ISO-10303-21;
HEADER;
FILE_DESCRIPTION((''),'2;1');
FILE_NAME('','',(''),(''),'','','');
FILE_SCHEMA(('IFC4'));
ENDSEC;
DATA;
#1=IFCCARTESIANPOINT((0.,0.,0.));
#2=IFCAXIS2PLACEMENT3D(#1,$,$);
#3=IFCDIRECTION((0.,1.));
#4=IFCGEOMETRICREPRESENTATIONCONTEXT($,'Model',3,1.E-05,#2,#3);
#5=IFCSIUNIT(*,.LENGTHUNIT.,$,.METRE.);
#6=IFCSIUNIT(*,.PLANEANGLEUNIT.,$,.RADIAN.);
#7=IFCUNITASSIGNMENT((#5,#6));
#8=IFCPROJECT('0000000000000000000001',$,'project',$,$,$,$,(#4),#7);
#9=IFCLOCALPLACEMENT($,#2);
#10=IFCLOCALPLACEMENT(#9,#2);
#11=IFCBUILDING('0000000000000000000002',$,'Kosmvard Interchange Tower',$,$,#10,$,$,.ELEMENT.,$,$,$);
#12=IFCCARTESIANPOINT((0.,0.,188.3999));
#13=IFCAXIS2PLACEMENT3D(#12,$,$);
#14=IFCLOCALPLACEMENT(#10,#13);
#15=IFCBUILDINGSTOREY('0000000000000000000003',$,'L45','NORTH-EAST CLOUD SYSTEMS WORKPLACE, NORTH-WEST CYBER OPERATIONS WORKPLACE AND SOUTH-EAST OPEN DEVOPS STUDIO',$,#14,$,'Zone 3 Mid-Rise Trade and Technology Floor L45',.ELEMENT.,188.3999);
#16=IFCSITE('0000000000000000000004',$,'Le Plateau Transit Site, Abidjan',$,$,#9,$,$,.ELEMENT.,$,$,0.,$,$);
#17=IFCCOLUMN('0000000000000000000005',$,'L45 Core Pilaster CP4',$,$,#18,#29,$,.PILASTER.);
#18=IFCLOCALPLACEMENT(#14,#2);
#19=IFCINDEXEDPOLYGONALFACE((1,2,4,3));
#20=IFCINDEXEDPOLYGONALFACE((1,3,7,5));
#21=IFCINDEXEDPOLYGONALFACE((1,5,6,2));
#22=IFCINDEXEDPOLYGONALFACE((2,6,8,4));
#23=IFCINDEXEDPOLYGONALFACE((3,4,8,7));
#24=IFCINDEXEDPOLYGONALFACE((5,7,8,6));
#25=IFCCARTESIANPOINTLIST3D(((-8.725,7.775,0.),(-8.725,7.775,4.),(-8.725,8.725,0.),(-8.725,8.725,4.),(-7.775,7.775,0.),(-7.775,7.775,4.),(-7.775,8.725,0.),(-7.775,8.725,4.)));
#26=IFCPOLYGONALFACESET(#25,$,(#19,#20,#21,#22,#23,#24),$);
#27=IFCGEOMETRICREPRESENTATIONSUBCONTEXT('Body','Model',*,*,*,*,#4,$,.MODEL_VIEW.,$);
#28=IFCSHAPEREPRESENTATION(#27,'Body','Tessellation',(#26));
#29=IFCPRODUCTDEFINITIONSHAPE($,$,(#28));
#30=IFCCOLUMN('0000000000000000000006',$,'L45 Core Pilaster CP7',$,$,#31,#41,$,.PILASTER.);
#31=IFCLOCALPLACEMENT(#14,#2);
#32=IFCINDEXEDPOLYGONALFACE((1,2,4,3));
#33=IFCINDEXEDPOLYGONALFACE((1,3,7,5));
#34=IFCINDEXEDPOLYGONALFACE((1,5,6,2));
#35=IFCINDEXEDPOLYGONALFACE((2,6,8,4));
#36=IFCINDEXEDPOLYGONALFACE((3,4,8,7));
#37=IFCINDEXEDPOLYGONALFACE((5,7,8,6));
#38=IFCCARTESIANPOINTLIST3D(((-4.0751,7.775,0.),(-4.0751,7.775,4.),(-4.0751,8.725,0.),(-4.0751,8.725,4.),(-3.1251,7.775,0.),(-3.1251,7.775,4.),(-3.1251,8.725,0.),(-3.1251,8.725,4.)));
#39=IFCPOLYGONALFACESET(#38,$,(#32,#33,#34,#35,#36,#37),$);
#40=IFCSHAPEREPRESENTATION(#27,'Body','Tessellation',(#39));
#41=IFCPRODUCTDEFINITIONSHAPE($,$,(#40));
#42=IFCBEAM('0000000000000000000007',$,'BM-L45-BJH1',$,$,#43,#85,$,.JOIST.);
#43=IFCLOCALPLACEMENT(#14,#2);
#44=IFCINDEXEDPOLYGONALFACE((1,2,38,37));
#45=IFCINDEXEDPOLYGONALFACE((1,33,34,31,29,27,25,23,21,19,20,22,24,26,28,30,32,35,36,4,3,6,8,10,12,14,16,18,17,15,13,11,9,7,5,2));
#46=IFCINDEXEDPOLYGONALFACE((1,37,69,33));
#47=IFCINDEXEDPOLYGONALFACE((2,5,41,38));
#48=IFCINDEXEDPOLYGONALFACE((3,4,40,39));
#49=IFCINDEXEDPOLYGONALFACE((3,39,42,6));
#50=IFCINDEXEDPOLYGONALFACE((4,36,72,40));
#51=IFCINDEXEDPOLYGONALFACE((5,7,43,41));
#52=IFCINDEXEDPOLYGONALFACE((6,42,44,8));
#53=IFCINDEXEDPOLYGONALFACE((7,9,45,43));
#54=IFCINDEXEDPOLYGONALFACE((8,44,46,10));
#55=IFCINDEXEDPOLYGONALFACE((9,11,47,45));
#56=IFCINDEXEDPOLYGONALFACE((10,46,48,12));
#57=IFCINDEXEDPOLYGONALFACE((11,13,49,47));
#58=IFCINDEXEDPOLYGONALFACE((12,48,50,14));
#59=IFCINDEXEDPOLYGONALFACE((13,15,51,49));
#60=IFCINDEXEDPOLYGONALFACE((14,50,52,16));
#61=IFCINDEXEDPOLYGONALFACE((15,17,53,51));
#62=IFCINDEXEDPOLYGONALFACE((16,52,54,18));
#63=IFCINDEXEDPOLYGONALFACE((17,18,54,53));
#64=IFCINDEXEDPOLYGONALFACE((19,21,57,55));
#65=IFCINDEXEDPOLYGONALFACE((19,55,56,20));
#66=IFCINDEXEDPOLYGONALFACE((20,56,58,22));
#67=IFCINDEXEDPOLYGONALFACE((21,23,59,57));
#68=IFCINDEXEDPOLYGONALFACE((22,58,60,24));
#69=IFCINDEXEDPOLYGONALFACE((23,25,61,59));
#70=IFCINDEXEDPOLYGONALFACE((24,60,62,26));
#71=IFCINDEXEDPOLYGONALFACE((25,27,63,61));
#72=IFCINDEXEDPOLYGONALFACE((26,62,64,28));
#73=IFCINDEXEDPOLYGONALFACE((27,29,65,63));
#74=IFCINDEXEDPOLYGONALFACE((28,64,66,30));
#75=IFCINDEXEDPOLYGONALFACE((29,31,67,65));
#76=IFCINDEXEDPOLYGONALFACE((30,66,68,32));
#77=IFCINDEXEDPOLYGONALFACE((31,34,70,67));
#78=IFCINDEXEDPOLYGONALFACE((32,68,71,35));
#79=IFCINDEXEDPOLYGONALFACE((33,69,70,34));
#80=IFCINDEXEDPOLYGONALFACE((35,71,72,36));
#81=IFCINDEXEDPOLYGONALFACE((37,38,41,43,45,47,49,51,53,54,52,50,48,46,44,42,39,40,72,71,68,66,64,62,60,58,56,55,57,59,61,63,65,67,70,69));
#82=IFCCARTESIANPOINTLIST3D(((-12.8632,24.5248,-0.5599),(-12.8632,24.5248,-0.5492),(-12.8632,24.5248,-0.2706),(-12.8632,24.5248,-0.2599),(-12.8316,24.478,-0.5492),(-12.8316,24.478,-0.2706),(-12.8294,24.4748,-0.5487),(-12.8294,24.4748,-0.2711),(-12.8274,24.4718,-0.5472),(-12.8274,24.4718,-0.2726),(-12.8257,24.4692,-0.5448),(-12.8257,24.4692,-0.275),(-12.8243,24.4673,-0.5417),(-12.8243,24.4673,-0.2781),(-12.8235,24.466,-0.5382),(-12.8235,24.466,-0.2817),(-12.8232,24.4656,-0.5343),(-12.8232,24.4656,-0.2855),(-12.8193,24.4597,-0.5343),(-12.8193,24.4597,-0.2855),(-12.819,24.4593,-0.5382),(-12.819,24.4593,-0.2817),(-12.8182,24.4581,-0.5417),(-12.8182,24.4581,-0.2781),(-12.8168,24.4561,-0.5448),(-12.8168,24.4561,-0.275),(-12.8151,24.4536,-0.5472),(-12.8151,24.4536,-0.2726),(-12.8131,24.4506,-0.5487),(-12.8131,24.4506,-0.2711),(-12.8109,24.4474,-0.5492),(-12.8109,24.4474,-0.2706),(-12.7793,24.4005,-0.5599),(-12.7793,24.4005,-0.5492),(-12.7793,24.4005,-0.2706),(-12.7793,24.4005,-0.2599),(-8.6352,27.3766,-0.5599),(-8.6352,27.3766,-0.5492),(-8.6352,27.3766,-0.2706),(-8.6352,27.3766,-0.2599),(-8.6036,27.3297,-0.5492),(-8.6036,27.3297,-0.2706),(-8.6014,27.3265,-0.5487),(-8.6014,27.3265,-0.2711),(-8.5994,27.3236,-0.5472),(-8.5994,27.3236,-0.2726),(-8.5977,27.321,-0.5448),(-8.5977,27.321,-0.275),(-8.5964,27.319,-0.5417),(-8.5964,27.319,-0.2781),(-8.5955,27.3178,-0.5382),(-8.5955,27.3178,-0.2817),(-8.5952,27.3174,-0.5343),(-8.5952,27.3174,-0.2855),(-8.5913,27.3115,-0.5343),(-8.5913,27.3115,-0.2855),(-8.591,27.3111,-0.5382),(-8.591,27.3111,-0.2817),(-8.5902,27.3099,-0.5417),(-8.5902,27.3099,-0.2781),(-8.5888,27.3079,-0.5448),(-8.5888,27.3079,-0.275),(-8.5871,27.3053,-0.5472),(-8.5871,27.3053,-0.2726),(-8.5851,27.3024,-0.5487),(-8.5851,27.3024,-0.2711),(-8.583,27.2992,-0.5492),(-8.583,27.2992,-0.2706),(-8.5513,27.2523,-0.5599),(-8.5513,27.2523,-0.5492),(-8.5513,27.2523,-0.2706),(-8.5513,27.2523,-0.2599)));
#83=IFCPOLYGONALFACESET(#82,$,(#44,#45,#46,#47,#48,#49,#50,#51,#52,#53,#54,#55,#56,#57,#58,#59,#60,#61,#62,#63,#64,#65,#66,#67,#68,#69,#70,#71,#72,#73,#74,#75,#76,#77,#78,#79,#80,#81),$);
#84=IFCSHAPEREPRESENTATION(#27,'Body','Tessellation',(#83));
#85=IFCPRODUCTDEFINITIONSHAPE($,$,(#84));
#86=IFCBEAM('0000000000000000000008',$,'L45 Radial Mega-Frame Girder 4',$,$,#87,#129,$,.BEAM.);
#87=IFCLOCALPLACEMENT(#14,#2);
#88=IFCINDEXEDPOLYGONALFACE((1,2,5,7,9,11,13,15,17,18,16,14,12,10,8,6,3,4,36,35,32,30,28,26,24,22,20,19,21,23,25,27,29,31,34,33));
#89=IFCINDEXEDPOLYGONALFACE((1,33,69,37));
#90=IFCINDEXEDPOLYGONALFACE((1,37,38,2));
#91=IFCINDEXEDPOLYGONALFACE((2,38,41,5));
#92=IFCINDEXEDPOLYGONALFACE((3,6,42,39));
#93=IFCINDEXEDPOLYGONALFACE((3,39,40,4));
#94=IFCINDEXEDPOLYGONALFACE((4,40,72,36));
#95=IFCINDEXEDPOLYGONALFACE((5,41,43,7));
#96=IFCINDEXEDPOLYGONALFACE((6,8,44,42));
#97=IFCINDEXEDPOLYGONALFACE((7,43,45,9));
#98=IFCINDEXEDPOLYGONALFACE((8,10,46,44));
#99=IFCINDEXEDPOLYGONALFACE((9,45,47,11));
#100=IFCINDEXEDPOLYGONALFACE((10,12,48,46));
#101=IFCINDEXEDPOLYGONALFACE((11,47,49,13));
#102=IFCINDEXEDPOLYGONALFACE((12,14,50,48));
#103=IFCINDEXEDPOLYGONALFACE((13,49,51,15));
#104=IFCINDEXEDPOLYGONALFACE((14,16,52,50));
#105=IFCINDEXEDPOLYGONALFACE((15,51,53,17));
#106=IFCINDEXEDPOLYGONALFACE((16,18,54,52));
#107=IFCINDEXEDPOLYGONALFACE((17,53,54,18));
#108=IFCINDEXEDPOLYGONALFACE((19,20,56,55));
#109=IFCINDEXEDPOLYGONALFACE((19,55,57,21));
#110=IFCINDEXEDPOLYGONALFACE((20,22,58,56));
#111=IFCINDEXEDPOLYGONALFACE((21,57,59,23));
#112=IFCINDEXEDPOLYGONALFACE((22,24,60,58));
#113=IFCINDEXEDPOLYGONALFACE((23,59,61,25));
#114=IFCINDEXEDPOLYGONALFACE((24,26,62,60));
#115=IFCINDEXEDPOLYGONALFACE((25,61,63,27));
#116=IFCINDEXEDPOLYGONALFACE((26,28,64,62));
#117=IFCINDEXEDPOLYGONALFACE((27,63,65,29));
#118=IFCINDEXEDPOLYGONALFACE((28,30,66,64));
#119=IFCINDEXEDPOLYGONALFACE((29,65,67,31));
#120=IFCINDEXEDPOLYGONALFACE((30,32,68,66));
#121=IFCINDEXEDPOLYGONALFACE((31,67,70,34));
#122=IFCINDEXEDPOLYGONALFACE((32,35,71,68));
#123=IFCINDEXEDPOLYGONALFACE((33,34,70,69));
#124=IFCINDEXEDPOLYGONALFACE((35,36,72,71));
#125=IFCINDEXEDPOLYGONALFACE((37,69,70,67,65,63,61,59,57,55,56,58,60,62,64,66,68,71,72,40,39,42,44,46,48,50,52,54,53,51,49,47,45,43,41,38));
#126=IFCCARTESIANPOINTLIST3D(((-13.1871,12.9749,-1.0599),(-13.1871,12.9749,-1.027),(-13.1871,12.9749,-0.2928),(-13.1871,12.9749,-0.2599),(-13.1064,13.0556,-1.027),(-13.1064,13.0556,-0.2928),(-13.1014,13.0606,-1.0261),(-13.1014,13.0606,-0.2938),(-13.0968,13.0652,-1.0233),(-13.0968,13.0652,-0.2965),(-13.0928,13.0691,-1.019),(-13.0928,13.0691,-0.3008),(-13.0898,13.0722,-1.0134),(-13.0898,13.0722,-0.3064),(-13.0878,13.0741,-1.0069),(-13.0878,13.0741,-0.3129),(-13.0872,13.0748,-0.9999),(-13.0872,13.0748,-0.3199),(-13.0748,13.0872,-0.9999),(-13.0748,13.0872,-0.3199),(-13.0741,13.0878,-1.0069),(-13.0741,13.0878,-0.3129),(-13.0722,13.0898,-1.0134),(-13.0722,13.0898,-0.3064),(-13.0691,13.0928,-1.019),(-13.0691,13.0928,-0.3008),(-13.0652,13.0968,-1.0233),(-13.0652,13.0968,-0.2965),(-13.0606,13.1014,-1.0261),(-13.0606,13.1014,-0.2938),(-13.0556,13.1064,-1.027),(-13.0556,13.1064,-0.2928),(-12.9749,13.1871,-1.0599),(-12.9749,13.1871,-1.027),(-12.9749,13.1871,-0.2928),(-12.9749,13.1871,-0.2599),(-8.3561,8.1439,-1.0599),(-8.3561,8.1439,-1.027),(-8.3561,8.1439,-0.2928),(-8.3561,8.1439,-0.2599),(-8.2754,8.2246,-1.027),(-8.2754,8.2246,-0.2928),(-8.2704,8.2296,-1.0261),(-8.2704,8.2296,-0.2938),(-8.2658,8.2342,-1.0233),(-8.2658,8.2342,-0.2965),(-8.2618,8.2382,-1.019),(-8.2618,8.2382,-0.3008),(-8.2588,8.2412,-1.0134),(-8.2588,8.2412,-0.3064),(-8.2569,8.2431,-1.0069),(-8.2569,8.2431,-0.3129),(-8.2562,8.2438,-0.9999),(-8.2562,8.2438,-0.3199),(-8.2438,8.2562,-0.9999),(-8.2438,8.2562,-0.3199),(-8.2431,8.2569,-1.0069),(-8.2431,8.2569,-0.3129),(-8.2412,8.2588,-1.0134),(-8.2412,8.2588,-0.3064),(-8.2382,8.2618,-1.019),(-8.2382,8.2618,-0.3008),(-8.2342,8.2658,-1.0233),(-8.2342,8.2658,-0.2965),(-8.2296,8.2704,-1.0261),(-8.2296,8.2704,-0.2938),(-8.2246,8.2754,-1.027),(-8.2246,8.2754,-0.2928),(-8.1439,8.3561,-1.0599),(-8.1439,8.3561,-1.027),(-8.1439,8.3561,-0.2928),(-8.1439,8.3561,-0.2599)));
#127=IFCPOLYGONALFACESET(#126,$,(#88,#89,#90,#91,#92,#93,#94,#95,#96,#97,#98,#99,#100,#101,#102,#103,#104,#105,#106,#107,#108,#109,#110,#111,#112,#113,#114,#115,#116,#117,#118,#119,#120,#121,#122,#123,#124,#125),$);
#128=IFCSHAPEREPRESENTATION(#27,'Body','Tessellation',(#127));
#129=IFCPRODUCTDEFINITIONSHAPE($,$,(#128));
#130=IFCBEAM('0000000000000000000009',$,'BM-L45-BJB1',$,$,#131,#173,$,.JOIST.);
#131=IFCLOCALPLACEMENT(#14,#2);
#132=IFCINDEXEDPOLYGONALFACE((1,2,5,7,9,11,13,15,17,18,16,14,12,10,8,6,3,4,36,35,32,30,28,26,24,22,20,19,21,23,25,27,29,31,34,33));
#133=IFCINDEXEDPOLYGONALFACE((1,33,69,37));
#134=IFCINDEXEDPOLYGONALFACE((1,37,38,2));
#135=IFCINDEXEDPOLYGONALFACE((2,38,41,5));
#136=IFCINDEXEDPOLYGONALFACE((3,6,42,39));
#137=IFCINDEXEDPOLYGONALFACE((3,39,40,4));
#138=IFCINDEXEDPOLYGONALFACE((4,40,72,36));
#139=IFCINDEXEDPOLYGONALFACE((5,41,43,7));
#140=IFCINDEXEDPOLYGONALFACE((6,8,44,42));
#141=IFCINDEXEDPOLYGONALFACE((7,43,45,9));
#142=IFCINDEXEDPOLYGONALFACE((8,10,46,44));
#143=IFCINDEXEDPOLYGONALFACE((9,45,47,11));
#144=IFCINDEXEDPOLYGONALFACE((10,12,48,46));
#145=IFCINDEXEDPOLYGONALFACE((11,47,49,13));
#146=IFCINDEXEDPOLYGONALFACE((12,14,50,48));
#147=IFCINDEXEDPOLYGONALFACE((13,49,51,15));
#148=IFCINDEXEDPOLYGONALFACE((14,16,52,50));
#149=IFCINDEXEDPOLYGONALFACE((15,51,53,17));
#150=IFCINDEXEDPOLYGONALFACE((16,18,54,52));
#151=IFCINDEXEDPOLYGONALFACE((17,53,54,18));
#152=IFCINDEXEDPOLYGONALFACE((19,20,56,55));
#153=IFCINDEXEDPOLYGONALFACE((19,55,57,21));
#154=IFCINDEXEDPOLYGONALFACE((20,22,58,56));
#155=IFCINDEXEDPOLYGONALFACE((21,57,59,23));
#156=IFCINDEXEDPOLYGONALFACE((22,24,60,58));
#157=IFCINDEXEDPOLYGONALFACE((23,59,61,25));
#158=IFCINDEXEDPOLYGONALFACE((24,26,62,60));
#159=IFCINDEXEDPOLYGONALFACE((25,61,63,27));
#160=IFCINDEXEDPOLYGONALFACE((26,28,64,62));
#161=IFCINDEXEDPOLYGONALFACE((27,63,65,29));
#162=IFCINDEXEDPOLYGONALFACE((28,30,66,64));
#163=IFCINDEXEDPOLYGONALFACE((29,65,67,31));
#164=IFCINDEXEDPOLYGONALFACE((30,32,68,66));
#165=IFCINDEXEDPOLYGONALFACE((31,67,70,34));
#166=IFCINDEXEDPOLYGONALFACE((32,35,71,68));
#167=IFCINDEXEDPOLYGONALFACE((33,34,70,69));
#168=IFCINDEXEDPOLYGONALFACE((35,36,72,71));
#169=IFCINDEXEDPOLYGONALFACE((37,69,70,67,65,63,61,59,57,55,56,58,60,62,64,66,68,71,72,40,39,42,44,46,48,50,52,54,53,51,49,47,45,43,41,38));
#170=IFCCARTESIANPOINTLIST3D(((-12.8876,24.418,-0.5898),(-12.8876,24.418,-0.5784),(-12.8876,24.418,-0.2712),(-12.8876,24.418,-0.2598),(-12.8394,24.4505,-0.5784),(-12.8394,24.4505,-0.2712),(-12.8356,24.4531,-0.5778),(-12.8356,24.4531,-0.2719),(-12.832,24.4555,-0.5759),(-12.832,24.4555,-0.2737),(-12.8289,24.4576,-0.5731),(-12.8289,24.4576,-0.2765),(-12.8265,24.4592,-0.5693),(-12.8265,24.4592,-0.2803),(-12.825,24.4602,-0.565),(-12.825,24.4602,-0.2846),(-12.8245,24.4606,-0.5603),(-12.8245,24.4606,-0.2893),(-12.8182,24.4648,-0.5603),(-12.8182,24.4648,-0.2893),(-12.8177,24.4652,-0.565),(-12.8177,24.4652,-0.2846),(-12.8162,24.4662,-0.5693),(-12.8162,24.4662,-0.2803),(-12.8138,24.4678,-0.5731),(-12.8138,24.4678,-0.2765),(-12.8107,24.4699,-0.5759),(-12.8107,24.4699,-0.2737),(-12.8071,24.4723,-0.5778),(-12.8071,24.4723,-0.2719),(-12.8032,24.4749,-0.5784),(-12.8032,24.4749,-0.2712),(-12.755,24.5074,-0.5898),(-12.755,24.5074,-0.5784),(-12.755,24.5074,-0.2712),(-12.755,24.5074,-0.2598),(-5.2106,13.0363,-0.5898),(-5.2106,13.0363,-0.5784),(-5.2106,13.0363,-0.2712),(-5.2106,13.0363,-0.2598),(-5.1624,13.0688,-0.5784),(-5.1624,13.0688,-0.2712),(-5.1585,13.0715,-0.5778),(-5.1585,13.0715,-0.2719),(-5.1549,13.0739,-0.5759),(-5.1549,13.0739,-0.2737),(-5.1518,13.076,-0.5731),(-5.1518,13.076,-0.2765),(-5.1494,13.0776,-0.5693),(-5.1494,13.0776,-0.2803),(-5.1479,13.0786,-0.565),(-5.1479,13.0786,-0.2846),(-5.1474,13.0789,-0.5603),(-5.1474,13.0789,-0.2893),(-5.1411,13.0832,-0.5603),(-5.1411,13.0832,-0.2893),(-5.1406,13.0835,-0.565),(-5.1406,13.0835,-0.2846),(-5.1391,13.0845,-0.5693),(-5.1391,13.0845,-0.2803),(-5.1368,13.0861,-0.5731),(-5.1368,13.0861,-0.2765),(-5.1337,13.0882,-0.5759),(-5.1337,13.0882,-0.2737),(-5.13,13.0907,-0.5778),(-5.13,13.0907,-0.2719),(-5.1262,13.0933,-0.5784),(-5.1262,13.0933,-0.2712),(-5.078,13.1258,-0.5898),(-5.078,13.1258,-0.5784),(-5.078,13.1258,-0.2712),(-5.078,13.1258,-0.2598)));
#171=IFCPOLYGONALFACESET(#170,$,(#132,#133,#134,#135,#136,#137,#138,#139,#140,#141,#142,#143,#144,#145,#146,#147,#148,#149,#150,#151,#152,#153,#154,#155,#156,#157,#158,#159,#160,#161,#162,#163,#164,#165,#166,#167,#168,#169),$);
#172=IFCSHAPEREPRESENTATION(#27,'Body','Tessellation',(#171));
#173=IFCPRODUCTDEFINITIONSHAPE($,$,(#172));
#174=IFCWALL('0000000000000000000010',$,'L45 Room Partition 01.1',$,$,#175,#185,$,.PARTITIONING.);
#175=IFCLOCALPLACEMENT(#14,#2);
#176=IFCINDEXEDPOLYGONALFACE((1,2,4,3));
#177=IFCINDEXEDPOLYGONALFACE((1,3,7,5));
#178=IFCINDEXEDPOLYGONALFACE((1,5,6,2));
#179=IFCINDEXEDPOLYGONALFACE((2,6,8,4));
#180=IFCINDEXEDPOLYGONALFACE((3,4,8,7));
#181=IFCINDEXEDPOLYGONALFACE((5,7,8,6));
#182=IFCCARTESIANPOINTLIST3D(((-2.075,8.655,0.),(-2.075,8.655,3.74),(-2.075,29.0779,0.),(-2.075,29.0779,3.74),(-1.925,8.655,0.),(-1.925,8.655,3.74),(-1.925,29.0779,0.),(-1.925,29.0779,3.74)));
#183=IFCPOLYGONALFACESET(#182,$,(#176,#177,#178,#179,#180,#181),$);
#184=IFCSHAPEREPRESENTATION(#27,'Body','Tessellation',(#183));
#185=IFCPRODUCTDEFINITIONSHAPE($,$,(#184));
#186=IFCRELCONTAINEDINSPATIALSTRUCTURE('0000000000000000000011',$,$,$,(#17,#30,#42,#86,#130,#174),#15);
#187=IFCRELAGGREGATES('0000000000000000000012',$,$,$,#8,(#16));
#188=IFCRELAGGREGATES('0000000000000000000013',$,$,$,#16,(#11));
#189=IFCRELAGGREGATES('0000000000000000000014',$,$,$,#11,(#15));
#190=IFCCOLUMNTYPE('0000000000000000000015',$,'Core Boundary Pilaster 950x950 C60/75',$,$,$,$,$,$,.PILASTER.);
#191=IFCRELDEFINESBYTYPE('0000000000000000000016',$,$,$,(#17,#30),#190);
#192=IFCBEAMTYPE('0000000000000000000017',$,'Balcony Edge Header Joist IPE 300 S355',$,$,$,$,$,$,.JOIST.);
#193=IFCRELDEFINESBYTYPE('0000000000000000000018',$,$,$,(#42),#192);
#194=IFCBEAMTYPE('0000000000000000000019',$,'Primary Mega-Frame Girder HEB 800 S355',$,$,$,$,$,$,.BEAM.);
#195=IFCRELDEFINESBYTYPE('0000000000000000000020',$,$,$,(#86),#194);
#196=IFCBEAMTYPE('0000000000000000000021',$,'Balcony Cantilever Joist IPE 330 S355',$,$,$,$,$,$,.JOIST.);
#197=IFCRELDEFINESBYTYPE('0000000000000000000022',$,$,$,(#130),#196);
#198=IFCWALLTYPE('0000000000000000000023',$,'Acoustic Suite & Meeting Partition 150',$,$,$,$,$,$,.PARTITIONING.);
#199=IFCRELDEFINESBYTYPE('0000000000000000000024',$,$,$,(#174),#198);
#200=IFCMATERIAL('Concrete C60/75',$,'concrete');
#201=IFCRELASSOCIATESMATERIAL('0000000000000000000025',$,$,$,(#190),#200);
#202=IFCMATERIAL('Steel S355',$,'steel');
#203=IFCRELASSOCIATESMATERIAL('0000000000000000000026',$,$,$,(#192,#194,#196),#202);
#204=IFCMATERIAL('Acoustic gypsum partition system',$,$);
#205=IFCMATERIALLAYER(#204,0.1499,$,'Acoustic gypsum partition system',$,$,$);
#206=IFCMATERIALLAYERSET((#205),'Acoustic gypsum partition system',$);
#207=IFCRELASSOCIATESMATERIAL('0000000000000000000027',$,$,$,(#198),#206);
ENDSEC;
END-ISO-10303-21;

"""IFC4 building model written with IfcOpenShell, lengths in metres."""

from ifc_helpers import new_model, si_unit, direction, frame, frame_2d, origin, origin_2d, place, context, subcontext, project, spatial, rectangle, i_section, extrude, source, transform, mapped, material, layer, layer_set, material_profile, profile_set, type_object, element, save


model = new_model("IFC4")

# Units and contexts
model_context = context("Model", 3, precision=1e-05, world=origin(), true_north=direction((0.0, 1.0)))
body_context = subcontext(model_context, "Body", "Model", "MODEL_VIEW")
ifc_project = project(units=[si_unit("LENGTHUNIT", "METRE"), si_unit("PLANEANGLEUNIT", "RADIAN")], contexts=[model_context])

# Site, building, storey
site_placement = place(None, origin())
site = spatial("IfcSite", under=ifc_project, at=site_placement, Name="Le Plateau Transit Site, Abidjan", CompositionType="ELEMENT", RefElevation=0.0)
building_placement = place(site_placement, origin())
building = spatial("IfcBuilding", under=site, at=building_placement, Name="Kosmvard Interchange Tower", CompositionType="ELEMENT")
storey_placement = place(building_placement, frame((0.0, 0.0, 188.3999)))
storey = spatial("IfcBuildingStorey", under=building, at=storey_placement, Name="L45", Description="NORTH-EAST CLOUD SYSTEMS WORKPLACE, NORTH-WEST CYBER OPERATIONS WORKPLACE AND SOUTH-EAST OPEN DEVOPS STUDIO", LongName="Zone 3 Mid-Rise Trade and Technology Floor L45", CompositionType="ELEMENT", Elevation=188.3999)

# Columns
ifc_material_1 = material(Name="Concrete C60/75", Category="concrete")
ifc_material_profile_1 = material_profile(ifc_material_1, rectangle(XDim=0.95, YDim=0.95, at=origin_2d()), Name="CP 950x950")
ifc_profile_set_1 = profile_set([ifc_material_profile_1], Name="Concrete C60/75")
column_type = type_object("IfcColumnType", Name="Core Boundary Pilaster 950x950 C60/75", PredefinedType="PILASTER", material=ifc_profile_set_1)
shared_shape_1 = source(origin(), body_context, "Body", "SweptSolid", [
    extrude(rectangle(XDim=0.95, YDim=0.95, at=origin_2d()), origin(), (0.0, 0.0, 1.0), 4.0),
])
for number, where, z_axis, x_axis, name in (
    (1, (-8.25, 8.25, 0.0), (0.0, 0.0, 1.0), (1.0, 0.0, 0.0), "L45 Core Pilaster CP4"),
    (2, (-3.6001, 8.25, 0.0), (0.0, 0.0, 1.0), (1.0, 0.0, 0.0), "L45 Core Pilaster CP7"),
):
    element("IfcColumn", number, at=place(storey_placement, frame(where, z_axis=z_axis, x_axis=x_axis)), inside=storey, type_object=column_type, Name=name, PredefinedType="PILASTER", context=body_context, shape_type="MappedRepresentation", body=[
        mapped(shared_shape_1, transform((0.0, 0.0, 0.0), scale=1.0)),
    ])

# Beams
ifc_material_2 = material(Name="Steel S355", Category="steel")
ifc_material_profile_2 = material_profile(ifc_material_2, i_section(OverallWidth=0.1499, OverallDepth=0.3, WebThickness=0.0071, FlangeThickness=0.0107, FilletRadius=0.0149, at=origin_2d()), Name="IPE 300")
ifc_profile_set_2 = profile_set([ifc_material_profile_2], Name="Steel S355")
beam_type_1 = type_object("IfcBeamType", Name="Balcony Edge Header Joist IPE 300 S355", PredefinedType="JOIST", material=ifc_profile_set_2)
shared_shape_2 = source(origin(), body_context, "Body", "SweptSolid", [
    extrude(i_section(OverallWidth=0.1499, OverallDepth=0.3, WebThickness=0.0071, FlangeThickness=0.0107, FilletRadius=0.0149, at=origin_2d()), origin(), (0.0, 0.0, 1.0), 5.0999),
])
beam_1_placement = place(storey_placement, frame((-8.5933, 27.3145, -0.4099), z_axis=(-0.829041, -0.559188, 0.0), x_axis=(0.559188, -0.829041, 0.0)))
element("IfcBeam", 3, at=beam_1_placement, inside=storey, type_object=beam_type_1, Name="BM-L45-BJH1", PredefinedType="JOIST", context=body_context, shape_type="MappedRepresentation", body=[
    mapped(shared_shape_2, transform((0.0, 0.0, 0.0), scale=1.0)),
])
ifc_material_profile_3 = material_profile(ifc_material_2, i_section(OverallWidth=0.3, OverallDepth=0.8, WebThickness=0.0176, FlangeThickness=0.033, FilletRadius=0.0271, at=origin_2d()), Name="HEB 800")
ifc_profile_set_3 = profile_set([ifc_material_profile_3], Name="Steel S355")
beam_type_2 = type_object("IfcBeamType", Name="Primary Mega-Frame Girder HEB 800 S355", PredefinedType="BEAM", material=ifc_profile_set_3)
shared_shape_3 = source(origin(), body_context, "Body", "SweptSolid", [
    extrude(i_section(OverallWidth=0.3, OverallDepth=0.8, WebThickness=0.0176, FlangeThickness=0.033, FilletRadius=0.0271, at=origin_2d()), origin(), (0.0, 0.0, 1.0), 6.832),
])
beam_2_placement = place(storey_placement, frame((-8.25, 8.25, -0.6599), z_axis=(-0.707107, 0.707107, 0.0), x_axis=(-0.707107, -0.707107, 0.0)))
element("IfcBeam", 4, at=beam_2_placement, inside=storey, type_object=beam_type_2, Name="L45 Radial Mega-Frame Girder 4", PredefinedType="BEAM", context=body_context, shape_type="MappedRepresentation", body=[
    mapped(shared_shape_3, transform((0.0, 0.0, 0.0), scale=1.0)),
])
ifc_material_profile_4 = material_profile(ifc_material_2, i_section(OverallWidth=0.1599, OverallDepth=0.3301, WebThickness=0.0076, FlangeThickness=0.0115, FilletRadius=0.0181, at=origin_2d()), Name="IPE 330")
ifc_profile_set_4 = profile_set([ifc_material_profile_4], Name="Steel S355")
beam_type_3 = type_object("IfcBeamType", Name="Balcony Cantilever Joist IPE 330 S355", PredefinedType="JOIST", material=ifc_profile_set_4)
shared_shape_4 = source(origin(), body_context, "Body", "SweptSolid", [
    extrude(i_section(OverallWidth=0.1599, OverallDepth=0.3301, WebThickness=0.0076, FlangeThickness=0.0115, FilletRadius=0.0181, at=origin_2d()), origin(), (0.0, 0.0, 1.0), 13.7288),
])
beam_3_placement = place(storey_placement, frame((-5.1443, 13.0811, -0.4248), z_axis=(-0.559194, 0.829037, 0.0), x_axis=(-0.829037, -0.559194, 0.0)))
element("IfcBeam", 5, at=beam_3_placement, inside=storey, type_object=beam_type_3, Name="BM-L45-BJB1", PredefinedType="JOIST", context=body_context, shape_type="MappedRepresentation", body=[
    mapped(shared_shape_4, transform((0.0, 0.0, 0.0), scale=1.0)),
])

# Wall
ifc_material_3 = material(Name="Acoustic gypsum partition system")
ifc_layer_1 = layer(ifc_material_3, 0.1499, Name="Acoustic gypsum partition system")
ifc_layer_set_1 = layer_set([ifc_layer_1], Name="Acoustic gypsum partition system")
wall_type_1 = type_object("IfcWallType", Name="Acoustic Suite & Meeting Partition 150", PredefinedType="PARTITIONING", material=ifc_layer_set_1)
wall_1_placement = place(storey_placement, frame((-2.0, 8.655, 0.0), z_axis=(0.0, 0.0, 1.0), x_axis=(0.0, 1.0, 0.0)))
element("IfcWall", 6, at=wall_1_placement, inside=storey, type_object=wall_type_1, Name="L45 Room Partition 01.1", PredefinedType="PARTITIONING", context=body_context, shape_type="SweptSolid", body=[
    extrude(rectangle(XDim=20.4229, YDim=0.1499, at=frame_2d((10.2114, 0.0))), origin(), (0.0, 0.0, 1.0), 3.74),
])

save(model, "model.ifc")
